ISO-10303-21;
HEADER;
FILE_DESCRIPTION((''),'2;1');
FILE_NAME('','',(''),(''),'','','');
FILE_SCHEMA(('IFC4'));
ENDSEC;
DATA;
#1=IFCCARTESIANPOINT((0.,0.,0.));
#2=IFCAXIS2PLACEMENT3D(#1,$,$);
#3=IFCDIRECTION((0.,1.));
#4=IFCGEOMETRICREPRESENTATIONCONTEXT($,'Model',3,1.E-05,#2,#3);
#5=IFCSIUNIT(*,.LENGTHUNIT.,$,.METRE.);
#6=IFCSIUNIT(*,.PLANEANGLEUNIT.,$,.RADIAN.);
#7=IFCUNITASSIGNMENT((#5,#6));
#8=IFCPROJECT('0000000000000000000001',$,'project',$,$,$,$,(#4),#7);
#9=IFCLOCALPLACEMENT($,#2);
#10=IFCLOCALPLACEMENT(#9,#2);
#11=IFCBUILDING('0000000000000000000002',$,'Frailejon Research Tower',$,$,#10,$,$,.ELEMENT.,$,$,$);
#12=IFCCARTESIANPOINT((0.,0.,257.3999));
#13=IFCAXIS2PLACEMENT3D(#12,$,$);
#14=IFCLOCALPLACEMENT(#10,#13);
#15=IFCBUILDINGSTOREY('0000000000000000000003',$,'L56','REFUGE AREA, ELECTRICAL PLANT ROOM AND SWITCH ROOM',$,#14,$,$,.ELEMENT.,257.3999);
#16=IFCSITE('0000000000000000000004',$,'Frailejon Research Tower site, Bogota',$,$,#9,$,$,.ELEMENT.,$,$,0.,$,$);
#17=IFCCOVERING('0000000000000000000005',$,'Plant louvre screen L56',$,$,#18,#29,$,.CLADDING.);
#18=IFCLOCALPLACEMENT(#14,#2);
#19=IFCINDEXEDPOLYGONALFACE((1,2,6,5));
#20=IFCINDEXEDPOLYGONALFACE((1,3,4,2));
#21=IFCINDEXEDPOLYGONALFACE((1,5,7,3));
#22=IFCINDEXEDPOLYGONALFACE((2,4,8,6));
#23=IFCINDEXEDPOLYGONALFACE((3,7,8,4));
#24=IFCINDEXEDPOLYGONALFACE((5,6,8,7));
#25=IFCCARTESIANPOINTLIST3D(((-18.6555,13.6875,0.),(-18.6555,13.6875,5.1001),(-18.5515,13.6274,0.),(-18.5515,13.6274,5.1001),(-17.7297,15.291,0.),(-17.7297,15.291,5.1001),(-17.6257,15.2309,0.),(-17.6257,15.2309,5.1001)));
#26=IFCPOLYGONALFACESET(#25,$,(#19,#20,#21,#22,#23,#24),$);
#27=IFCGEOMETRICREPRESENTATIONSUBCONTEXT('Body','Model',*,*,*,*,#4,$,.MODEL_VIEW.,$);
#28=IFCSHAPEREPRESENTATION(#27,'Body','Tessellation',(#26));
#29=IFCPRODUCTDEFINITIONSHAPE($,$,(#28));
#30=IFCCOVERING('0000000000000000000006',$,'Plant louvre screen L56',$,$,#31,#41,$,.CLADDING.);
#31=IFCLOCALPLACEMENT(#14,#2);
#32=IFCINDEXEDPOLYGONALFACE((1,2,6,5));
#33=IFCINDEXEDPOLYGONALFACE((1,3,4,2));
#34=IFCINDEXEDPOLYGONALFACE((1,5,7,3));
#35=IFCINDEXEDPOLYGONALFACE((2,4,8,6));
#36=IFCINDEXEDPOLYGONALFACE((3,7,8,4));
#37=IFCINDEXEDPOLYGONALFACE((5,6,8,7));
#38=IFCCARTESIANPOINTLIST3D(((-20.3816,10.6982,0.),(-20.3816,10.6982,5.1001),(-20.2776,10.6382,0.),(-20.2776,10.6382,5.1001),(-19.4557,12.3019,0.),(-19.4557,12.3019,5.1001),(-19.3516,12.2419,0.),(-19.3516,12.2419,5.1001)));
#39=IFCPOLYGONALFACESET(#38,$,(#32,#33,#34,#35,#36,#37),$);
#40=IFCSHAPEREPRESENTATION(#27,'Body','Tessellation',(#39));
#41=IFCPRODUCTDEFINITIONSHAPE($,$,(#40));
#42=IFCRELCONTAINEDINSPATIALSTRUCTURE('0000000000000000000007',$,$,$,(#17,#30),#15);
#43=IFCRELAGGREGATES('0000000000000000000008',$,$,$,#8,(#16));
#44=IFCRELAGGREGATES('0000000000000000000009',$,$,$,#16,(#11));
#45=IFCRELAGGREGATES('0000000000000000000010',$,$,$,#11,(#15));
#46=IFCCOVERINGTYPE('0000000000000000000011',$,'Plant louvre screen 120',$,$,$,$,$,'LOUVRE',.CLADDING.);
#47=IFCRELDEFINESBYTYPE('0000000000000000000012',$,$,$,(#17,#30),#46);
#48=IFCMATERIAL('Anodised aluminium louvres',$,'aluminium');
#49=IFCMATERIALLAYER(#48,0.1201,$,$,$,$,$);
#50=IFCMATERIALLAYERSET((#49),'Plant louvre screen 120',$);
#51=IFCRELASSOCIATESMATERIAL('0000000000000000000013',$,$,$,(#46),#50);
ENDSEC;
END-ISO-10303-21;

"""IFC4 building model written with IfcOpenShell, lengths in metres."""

from ifc_helpers import new_model, si_unit, direction, frame, origin, place, context, subcontext, project, spatial, polyline, outline, extrude, material, layer, layer_set, type_object, element, save


model = new_model("IFC4")

# Units and contexts
model_context = context("Model", 3, precision=1e-05, world=origin(), true_north=direction((0.0, 1.0)))
body_context = subcontext(model_context, "Body", "Model", "MODEL_VIEW")
ifc_project = project(units=[si_unit("LENGTHUNIT", "METRE"), si_unit("PLANEANGLEUNIT", "RADIAN")], contexts=[model_context])

# Site, building, storey
site_placement = place(None, origin())
site = spatial("IfcSite", under=ifc_project, at=site_placement, Name="Frailejon Research Tower site, Bogota", CompositionType="ELEMENT", RefElevation=0.0)
building_placement = place(site_placement, origin())
building = spatial("IfcBuilding", under=site, at=building_placement, Name="Frailejon Research Tower", CompositionType="ELEMENT")
storey_placement = place(building_placement, frame((0.0, 0.0, 257.3999)))
storey = spatial("IfcBuildingStorey", under=building, at=storey_placement, Name="L56", Description="REFUGE AREA, ELECTRICAL PLANT ROOM AND SWITCH ROOM", CompositionType="ELEMENT", Elevation=257.3999)

# Coverings
ifc_material_1 = material(Name="Anodised aluminium louvres", Category="aluminium")
ifc_layer_1 = layer(ifc_material_1, 0.1201)
ifc_layer_set_1 = layer_set([ifc_layer_1], Name="Plant louvre screen 120")
covering_type = type_object("IfcCoveringType", Name="Plant louvre screen 120", ElementType="LOUVRE", PredefinedType="CLADDING", material=ifc_layer_set_1)
for number, where, z_axis, x_axis, name in (
    (1, (-18.6555, 13.6875, 0.0), (0.499997, 0.866027, 0.0), (-0.866027, 0.499997, 0.0), "Plant louvre screen L56"),
):
    element("IfcCovering", number, at=place(storey_placement, frame(where, z_axis=z_axis, x_axis=x_axis)), inside=storey, type_object=covering_type, Name=name, PredefinedType="CLADDING", context=body_context, shape_type="SweptSolid", body=[
        extrude(outline(polyline([(-0.1201, 0.0), (0.0, 0.0), (0.0, 5.1001), (-0.1201, 5.1001), (-0.1201, 0.0)])), origin(), (0.0, 0.0, 1.0), 1.8516),
    ])
covering_1_placement = place(storey_placement, frame((-20.3816, 10.6982, 0.0), z_axis=(0.500018, 0.866015, 0.0), x_axis=(-0.866015, 0.500018, 0.0)))
element("IfcCovering", 2, at=covering_1_placement, inside=storey, type_object=covering_type, Name="Plant louvre screen L56", PredefinedType="CLADDING", context=body_context, shape_type="SweptSolid", body=[
    extrude(outline(polyline([(-0.1201, 0.0), (0.0, 0.0), (0.0, 5.1001), (-0.1201, 5.1001), (-0.1201, 0.0)])), origin(), (0.0, 0.0, 1.0), 1.8518),
])

save(model, "model.ifc")
